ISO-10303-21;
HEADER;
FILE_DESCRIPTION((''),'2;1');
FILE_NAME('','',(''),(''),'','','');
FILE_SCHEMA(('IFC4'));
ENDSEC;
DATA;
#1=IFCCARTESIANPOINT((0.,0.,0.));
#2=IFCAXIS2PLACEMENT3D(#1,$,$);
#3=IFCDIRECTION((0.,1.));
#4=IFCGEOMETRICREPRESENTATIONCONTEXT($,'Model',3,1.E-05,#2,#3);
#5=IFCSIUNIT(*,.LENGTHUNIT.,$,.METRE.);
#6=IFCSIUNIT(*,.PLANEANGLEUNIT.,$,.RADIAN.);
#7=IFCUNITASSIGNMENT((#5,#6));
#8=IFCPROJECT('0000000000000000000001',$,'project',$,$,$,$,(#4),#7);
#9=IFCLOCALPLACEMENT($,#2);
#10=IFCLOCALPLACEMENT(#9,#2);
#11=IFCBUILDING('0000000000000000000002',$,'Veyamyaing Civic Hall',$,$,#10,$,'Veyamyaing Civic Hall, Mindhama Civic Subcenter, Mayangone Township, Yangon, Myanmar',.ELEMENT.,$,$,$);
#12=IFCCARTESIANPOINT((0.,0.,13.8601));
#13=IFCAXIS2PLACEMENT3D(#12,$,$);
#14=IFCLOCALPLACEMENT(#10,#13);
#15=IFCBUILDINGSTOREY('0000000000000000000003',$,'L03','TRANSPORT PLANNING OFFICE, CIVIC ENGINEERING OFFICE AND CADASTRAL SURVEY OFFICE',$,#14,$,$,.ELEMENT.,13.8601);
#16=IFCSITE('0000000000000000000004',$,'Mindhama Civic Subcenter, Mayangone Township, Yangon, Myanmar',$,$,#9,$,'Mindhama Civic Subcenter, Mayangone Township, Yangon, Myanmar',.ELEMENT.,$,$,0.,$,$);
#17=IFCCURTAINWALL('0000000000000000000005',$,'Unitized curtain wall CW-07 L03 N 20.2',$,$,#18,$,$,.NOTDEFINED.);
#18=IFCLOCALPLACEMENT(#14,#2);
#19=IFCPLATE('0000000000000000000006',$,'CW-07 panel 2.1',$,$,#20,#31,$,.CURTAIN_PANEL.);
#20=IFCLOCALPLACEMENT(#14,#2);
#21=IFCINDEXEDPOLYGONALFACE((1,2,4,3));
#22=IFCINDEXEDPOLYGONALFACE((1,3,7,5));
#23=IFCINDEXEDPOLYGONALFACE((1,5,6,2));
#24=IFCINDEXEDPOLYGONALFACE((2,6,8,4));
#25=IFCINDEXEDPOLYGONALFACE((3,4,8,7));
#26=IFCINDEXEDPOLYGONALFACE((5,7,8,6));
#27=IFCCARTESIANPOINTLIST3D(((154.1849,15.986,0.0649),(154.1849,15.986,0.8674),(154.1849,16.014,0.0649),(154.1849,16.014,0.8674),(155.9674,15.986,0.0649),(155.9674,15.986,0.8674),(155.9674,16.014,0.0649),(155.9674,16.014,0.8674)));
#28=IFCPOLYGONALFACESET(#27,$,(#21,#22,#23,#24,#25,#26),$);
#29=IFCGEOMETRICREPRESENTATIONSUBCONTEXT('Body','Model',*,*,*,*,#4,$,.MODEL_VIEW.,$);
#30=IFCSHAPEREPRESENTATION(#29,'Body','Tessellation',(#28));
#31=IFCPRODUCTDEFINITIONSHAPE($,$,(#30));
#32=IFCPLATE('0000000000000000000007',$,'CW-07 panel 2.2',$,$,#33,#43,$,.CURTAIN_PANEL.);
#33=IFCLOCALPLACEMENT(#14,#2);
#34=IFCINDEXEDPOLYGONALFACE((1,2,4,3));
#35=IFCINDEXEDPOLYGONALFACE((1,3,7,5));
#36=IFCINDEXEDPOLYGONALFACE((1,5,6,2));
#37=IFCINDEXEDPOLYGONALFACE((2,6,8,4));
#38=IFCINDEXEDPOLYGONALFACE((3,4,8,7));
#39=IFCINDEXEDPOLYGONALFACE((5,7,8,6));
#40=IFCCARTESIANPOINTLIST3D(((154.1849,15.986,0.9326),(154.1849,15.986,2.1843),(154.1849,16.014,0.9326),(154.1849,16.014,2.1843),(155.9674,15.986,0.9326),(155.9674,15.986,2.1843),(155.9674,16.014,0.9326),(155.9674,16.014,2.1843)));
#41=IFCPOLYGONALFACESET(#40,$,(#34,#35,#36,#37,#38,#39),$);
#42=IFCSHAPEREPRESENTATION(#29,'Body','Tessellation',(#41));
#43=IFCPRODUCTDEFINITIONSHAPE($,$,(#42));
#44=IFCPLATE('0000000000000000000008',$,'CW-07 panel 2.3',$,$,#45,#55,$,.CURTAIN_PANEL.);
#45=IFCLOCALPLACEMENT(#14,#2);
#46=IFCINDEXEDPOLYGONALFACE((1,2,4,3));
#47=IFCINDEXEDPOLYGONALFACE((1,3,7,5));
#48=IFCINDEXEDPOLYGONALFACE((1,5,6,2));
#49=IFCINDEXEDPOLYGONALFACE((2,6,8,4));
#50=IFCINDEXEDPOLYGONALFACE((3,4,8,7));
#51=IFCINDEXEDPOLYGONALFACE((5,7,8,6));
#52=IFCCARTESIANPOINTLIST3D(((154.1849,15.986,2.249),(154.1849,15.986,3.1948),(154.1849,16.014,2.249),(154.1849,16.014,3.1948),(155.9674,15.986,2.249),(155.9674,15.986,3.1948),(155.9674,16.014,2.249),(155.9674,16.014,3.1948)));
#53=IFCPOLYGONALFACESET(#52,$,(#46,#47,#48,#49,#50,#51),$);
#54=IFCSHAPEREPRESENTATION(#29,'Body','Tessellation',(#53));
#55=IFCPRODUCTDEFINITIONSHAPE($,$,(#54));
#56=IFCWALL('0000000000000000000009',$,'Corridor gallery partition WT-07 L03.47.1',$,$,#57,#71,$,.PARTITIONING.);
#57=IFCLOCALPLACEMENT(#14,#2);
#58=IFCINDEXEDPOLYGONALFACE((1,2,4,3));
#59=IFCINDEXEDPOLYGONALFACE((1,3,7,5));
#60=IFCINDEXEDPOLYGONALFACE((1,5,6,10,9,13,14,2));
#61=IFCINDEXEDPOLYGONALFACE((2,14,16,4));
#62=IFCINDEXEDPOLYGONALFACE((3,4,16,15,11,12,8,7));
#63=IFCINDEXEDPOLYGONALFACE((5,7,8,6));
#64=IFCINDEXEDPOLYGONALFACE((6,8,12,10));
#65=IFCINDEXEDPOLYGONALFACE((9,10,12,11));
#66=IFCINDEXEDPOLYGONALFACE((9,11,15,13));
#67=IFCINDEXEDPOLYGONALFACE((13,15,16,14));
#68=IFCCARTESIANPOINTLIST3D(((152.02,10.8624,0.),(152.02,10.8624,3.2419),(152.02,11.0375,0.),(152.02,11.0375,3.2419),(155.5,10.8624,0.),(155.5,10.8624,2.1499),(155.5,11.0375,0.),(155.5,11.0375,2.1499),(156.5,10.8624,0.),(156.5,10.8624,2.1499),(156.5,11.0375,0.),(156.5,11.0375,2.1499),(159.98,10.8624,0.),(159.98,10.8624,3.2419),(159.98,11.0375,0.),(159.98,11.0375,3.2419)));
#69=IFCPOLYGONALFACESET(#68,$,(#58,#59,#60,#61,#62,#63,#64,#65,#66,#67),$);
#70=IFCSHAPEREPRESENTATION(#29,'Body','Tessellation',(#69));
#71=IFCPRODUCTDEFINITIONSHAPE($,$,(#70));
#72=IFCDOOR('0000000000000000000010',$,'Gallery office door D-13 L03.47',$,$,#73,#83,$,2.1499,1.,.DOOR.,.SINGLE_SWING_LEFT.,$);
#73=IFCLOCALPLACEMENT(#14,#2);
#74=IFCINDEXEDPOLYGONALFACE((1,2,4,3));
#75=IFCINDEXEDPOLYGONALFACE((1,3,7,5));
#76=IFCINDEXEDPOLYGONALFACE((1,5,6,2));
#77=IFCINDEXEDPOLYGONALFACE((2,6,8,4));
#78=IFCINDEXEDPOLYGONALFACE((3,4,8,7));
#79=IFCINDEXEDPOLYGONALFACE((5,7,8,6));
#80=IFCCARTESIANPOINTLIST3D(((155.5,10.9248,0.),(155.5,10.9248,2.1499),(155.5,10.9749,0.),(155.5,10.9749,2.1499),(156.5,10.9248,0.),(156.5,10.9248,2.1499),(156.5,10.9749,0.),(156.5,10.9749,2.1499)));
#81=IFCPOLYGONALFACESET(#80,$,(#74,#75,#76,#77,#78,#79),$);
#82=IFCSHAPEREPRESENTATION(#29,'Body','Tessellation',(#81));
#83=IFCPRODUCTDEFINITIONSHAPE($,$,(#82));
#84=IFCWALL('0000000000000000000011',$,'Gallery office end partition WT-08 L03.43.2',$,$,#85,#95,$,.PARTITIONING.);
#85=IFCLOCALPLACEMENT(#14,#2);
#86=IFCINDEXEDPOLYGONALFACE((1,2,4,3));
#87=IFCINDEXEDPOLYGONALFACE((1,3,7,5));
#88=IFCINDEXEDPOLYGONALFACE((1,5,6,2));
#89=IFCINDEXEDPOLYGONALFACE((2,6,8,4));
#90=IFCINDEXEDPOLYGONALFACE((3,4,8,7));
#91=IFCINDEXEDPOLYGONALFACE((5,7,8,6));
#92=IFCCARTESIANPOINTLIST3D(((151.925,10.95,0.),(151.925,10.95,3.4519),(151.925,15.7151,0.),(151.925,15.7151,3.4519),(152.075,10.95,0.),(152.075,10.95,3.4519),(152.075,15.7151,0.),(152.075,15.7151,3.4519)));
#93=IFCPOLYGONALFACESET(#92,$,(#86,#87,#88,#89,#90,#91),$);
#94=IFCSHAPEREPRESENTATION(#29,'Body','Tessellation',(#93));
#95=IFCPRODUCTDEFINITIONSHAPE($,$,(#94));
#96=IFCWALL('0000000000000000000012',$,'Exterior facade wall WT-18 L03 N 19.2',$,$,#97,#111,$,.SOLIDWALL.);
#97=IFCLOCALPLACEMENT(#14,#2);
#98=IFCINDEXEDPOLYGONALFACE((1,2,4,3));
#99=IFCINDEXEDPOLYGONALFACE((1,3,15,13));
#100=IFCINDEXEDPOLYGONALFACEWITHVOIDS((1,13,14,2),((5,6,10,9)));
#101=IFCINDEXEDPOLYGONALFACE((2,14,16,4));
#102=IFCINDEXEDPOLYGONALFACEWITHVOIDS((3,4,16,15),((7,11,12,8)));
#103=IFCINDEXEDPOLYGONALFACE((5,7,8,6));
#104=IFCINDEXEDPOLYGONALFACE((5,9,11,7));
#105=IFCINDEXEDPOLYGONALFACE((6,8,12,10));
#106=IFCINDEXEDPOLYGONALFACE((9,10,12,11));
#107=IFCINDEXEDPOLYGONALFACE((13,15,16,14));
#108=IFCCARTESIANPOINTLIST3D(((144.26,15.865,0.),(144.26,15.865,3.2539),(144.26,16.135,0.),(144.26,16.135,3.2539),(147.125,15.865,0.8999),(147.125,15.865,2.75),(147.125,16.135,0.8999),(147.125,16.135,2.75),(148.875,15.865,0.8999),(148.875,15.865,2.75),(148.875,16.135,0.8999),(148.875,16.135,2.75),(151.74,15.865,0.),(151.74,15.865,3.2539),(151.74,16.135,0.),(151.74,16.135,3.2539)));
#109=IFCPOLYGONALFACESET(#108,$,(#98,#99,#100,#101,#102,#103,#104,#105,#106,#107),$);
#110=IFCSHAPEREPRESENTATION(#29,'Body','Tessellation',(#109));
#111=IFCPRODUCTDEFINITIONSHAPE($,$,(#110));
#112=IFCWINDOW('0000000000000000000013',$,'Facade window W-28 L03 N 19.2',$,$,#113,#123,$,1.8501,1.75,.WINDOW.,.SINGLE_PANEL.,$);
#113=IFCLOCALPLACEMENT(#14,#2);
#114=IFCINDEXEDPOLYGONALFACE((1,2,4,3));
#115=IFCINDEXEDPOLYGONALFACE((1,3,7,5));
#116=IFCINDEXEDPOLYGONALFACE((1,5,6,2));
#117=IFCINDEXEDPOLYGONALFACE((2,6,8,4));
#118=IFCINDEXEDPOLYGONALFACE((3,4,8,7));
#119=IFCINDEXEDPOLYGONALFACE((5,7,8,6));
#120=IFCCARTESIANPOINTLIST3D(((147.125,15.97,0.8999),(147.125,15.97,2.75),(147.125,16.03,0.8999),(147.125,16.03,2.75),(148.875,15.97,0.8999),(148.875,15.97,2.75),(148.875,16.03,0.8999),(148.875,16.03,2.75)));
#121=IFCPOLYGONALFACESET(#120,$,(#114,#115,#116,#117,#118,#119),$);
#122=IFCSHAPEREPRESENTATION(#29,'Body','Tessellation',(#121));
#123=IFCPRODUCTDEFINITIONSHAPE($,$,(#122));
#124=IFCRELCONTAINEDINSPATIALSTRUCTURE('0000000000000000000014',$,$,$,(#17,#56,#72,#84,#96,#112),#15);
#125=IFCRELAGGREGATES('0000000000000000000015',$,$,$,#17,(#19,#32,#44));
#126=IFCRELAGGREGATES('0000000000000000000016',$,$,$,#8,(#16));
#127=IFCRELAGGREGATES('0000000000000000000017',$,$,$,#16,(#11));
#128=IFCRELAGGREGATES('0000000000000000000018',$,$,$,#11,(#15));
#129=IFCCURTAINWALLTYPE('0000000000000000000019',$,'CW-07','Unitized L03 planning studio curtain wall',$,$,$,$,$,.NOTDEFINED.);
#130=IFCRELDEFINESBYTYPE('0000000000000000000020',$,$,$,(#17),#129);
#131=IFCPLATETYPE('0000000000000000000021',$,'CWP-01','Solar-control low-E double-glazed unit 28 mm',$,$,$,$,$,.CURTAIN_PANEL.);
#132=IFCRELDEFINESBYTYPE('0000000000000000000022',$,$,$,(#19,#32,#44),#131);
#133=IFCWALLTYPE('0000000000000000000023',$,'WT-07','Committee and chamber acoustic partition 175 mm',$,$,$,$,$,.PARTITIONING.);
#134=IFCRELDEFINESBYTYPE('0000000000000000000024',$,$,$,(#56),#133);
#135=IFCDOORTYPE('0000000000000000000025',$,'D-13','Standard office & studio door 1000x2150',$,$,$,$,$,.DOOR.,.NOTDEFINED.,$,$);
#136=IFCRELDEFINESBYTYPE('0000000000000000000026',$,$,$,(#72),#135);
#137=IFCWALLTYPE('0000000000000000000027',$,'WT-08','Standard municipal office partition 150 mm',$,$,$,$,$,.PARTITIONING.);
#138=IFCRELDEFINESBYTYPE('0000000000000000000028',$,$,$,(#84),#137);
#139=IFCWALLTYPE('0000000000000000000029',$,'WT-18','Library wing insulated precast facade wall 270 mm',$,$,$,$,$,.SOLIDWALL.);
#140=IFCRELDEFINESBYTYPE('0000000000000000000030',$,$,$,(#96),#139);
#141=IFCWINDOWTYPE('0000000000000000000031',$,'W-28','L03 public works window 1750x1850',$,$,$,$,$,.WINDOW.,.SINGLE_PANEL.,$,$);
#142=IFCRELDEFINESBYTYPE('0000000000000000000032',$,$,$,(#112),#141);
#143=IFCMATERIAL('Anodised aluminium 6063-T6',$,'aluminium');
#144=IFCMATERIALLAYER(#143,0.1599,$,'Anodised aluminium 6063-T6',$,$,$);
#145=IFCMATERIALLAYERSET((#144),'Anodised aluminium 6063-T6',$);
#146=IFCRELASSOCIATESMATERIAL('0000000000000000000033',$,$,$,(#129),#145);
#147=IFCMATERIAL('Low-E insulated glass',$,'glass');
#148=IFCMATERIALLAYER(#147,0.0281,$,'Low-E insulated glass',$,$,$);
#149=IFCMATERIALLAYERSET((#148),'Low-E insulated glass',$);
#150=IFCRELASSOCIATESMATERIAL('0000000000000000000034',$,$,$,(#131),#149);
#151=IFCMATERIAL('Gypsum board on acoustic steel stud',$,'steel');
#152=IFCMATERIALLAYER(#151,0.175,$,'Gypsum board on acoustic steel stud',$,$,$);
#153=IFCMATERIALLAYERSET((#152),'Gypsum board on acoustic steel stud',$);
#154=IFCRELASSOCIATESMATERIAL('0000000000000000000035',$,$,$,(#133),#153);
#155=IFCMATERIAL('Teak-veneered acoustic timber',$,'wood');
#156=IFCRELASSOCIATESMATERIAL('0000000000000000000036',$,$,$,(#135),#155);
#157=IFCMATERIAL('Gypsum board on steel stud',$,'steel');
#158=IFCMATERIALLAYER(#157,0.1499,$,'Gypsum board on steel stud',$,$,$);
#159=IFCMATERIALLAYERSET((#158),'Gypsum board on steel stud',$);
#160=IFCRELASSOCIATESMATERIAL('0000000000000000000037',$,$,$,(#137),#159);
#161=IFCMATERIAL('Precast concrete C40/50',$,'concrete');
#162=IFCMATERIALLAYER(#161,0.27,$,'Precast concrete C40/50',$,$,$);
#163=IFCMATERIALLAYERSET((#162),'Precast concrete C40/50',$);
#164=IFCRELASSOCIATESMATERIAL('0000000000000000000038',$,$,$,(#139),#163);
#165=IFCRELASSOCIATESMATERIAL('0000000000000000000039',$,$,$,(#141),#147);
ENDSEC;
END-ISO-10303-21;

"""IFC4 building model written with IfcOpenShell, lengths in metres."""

from ifc_helpers import new_model, si_unit, direction, frame, frame_2d, origin, origin_2d, place, context, subcontext, project, spatial, rectangle, extrude, material, layer, layer_set, type_object, element, fill, aggregate, save


model = new_model("IFC4")

# Units and contexts
model_context = context("Model", 3, precision=1e-05, world=origin(), true_north=direction((0.0, 1.0)))
body_context = subcontext(model_context, "Body", "Model", "MODEL_VIEW")
ifc_project = project(units=[si_unit("LENGTHUNIT", "METRE"), si_unit("PLANEANGLEUNIT", "RADIAN")], contexts=[model_context])

# Site, building, storey
site_placement = place(None, origin())
site = spatial("IfcSite", under=ifc_project, at=site_placement, Name="Mindhama Civic Subcenter, Mayangone Township, Yangon, Myanmar", LongName="Mindhama Civic Subcenter, Mayangone Township, Yangon, Myanmar", CompositionType="ELEMENT", RefElevation=0.0)
building_placement = place(site_placement, origin())
building = spatial("IfcBuilding", under=site, at=building_placement, Name="Veyamyaing Civic Hall", LongName="Veyamyaing Civic Hall, Mindhama Civic Subcenter, Mayangone Township, Yangon, Myanmar", CompositionType="ELEMENT")
storey_placement = place(building_placement, frame((0.0, 0.0, 13.8601)))
storey = spatial("IfcBuildingStorey", under=building, at=storey_placement, Name="L03", Description="TRANSPORT PLANNING OFFICE, CIVIC ENGINEERING OFFICE AND CADASTRAL SURVEY OFFICE", CompositionType="ELEMENT", Elevation=13.8601)

# Curtain wall
ifc_material_1 = material(Name="Anodised aluminium 6063-T6", Category="aluminium")
ifc_layer_1 = layer(ifc_material_1, 0.1599, Name="Anodised aluminium 6063-T6")
ifc_layer_set_1 = layer_set([ifc_layer_1], Name="Anodised aluminium 6063-T6")
curtain_wall_type = type_object("IfcCurtainWallType", Name="CW-07", Description="Unitized L03 planning studio curtain wall", PredefinedType="NOTDEFINED", material=ifc_layer_set_1)
curtain_wall_1_placement = place(storey_placement, origin())
curtain_wall_1 = element("IfcCurtainWall", 1, at=curtain_wall_1_placement, inside=storey, type_object=curtain_wall_type, Name="Unitized curtain wall CW-07 L03 N 20.2", PredefinedType="NOTDEFINED")

# Plates
ifc_material_2 = material(Name="Low-E insulated glass", Category="glass")
ifc_layer_2 = layer(ifc_material_2, 0.0281, Name="Low-E insulated glass")
ifc_layer_set_2 = layer_set([ifc_layer_2], Name="Low-E insulated glass")
plate_type = type_object("IfcPlateType", Name="CWP-01", Description="Solar-control low-E double-glazed unit 28 mm", PredefinedType="CURTAIN_PANEL", material=ifc_layer_set_2)
plate_1_placement = place(storey_placement, frame((155.0762, 16.0, 0.0649), z_axis=(0.0, 0.0, 1.0), x_axis=(1.0, 0.0, 0.0)))
plate_1 = element("IfcPlate", 2, at=plate_1_placement, type_object=plate_type, Name="CW-07 panel 2.1", PredefinedType="CURTAIN_PANEL", context=body_context, shape_type="SweptSolid", body=[
    extrude(rectangle(XDim=1.7825, YDim=0.0281, at=origin_2d()), origin(), (0.0, 0.0, 1.0), 0.8025),
])
plate_2_placement = place(storey_placement, frame((155.0762, 16.0, 0.9326), z_axis=(0.0, 0.0, 1.0), x_axis=(1.0, 0.0, 0.0)))
plate_2 = element("IfcPlate", 3, at=plate_2_placement, type_object=plate_type, Name="CW-07 panel 2.2", PredefinedType="CURTAIN_PANEL", context=body_context, shape_type="SweptSolid", body=[
    extrude(rectangle(XDim=1.7825, YDim=0.0281, at=origin_2d()), origin(), (0.0, 0.0, 1.0), 1.2517),
])
plate_3_placement = place(storey_placement, frame((155.0762, 16.0, 2.249), z_axis=(0.0, 0.0, 1.0), x_axis=(1.0, 0.0, 0.0)))
plate_3 = element("IfcPlate", 4, at=plate_3_placement, type_object=plate_type, Name="CW-07 panel 2.3", PredefinedType="CURTAIN_PANEL", context=body_context, shape_type="SweptSolid", body=[
    extrude(rectangle(XDim=1.7825, YDim=0.0281, at=origin_2d()), origin(), (0.0, 0.0, 1.0), 0.9458),
])
aggregate(curtain_wall_1, [plate_1, plate_2, plate_3])

# Wall, opening, door
ifc_material_3 = material(Name="Gypsum board on acoustic steel stud", Category="steel")
ifc_layer_3 = layer(ifc_material_3, 0.175, Name="Gypsum board on acoustic steel stud")
ifc_layer_set_3 = layer_set([ifc_layer_3], Name="Gypsum board on acoustic steel stud")
wall_type_1 = type_object("IfcWallType", Name="WT-07", Description="Committee and chamber acoustic partition 175 mm", PredefinedType="PARTITIONING", material=ifc_layer_set_3)
wall_1_placement = place(storey_placement, frame((152.02, 10.95, 0.0), z_axis=(0.0, 0.0, 1.0), x_axis=(1.0, 0.0, 0.0)))
wall_1 = element("IfcWall", 5, at=wall_1_placement, inside=storey, type_object=wall_type_1, Name="Corridor gallery partition WT-07 L03.47.1", PredefinedType="PARTITIONING", context=body_context, shape_type="SweptSolid", body=[
    extrude(rectangle(XDim=7.96, YDim=0.175, at=frame_2d((3.98, 0.0))), origin(), (0.0, 0.0, 1.0), 3.2419),
])
opening_1_placement = place(wall_1_placement, frame((3.48, 0.0, 0.0)))
opening_1 = element("IfcOpeningElement", 6, at=opening_1_placement, cuts=wall_1, PredefinedType="OPENING", context=body_context, shape_type="SweptSolid", body=[
    extrude(rectangle(XDim=1.0, YDim=2.1499, at=frame_2d((0.5, 1.075))), frame((0.0, 0.0974, 0.0), z_axis=(0.0, -1.0, 0.0), x_axis=(1.0, 0.0, 0.0)), (0.0, 0.0, 1.0), 0.1951),
])
ifc_material_4 = material(Name="Teak-veneered acoustic timber", Category="wood")
door_type = type_object("IfcDoorType", Name="D-13", Description="Standard office & studio door 1000x2150", OperationType="NOTDEFINED", PredefinedType="DOOR", material=ifc_material_4)
door_placement = place(opening_1_placement, origin())
door = element("IfcDoor", 7, at=door_placement, inside=storey, type_object=door_type, Name="Gallery office door D-13 L03.47", OperationType="SINGLE_SWING_LEFT", OverallHeight=2.1499, OverallWidth=1.0, PredefinedType="DOOR", context=body_context, shape_type="SweptSolid", body=[
    extrude(rectangle(XDim=1.0, YDim=2.1499, at=frame_2d((0.5, 1.075))), frame((0.0, 0.0249, 0.0), z_axis=(0.0, -1.0, 0.0), x_axis=(1.0, 0.0, 0.0)), (0.0, 0.0, 1.0), 0.05),
])
fill(opening_1, door)

# Wall
ifc_material_5 = material(Name="Gypsum board on steel stud", Category="steel")
ifc_layer_4 = layer(ifc_material_5, 0.1499, Name="Gypsum board on steel stud")
ifc_layer_set_4 = layer_set([ifc_layer_4], Name="Gypsum board on steel stud")
wall_type_2 = type_object("IfcWallType", Name="WT-08", Description="Standard municipal office partition 150 mm", PredefinedType="PARTITIONING", material=ifc_layer_set_4)
wall_2_placement = place(storey_placement, frame((152.0, 10.95, 0.0), z_axis=(0.0, 0.0, 1.0), x_axis=(0.0, 1.0, 0.0)))
element("IfcWall", 8, at=wall_2_placement, inside=storey, type_object=wall_type_2, Name="Gallery office end partition WT-08 L03.43.2", PredefinedType="PARTITIONING", context=body_context, shape_type="SweptSolid", body=[
    extrude(rectangle(XDim=4.7651, YDim=0.1499, at=frame_2d((2.3826, 0.0))), origin(), (0.0, 0.0, 1.0), 3.4519),
])

# Wall, opening, window
ifc_material_6 = material(Name="Precast concrete C40/50", Category="concrete")
ifc_layer_5 = layer(ifc_material_6, 0.27, Name="Precast concrete C40/50")
ifc_layer_set_5 = layer_set([ifc_layer_5], Name="Precast concrete C40/50")
wall_type_3 = type_object("IfcWallType", Name="WT-18", Description="Library wing insulated precast facade wall 270 mm", PredefinedType="SOLIDWALL", material=ifc_layer_set_5)
wall_3_placement = place(storey_placement, frame((144.26, 16.0, 0.0), z_axis=(0.0, 0.0, 1.0), x_axis=(1.0, 0.0, 0.0)))
wall_3 = element("IfcWall", 9, at=wall_3_placement, inside=storey, type_object=wall_type_3, Name="Exterior facade wall WT-18 L03 N 19.2", PredefinedType="SOLIDWALL", context=body_context, shape_type="SweptSolid", body=[
    extrude(rectangle(XDim=7.48, YDim=0.27, at=frame_2d((3.74, 0.0))), origin(), (0.0, 0.0, 1.0), 3.2539),
])
opening_2_placement = place(wall_3_placement, frame((2.865, 0.0, 0.8999)))
opening_2 = element("IfcOpeningElement", 10, at=opening_2_placement, cuts=wall_3, PredefinedType="OPENING", context=body_context, shape_type="SweptSolid", body=[
    extrude(rectangle(XDim=1.75, YDim=1.8501, at=frame_2d((0.875, 0.925))), frame((0.0, 0.145, 0.0), z_axis=(0.0, -1.0, 0.0), x_axis=(1.0, 0.0, 0.0)), (0.0, 0.0, 1.0), 0.29),
])
window_type = type_object("IfcWindowType", Name="W-28", Description="L03 public works window 1750x1850", PartitioningType="SINGLE_PANEL", PredefinedType="WINDOW", material=ifc_material_2)
window_placement = place(opening_2_placement, origin())
window = element("IfcWindow", 11, at=window_placement, inside=storey, type_object=window_type, Name="Facade window W-28 L03 N 19.2", OverallHeight=1.8501, OverallWidth=1.75, PartitioningType="SINGLE_PANEL", PredefinedType="WINDOW", context=body_context, shape_type="SweptSolid", body=[
    extrude(rectangle(XDim=1.75, YDim=1.8501, at=frame_2d((0.875, 0.925))), frame((0.0, 0.03, 0.0), z_axis=(0.0, -1.0, 0.0), x_axis=(1.0, 0.0, 0.0)), (0.0, 0.0, 1.0), 0.0601),
])
fill(opening_2, window)

save(model, "model.ifc")
